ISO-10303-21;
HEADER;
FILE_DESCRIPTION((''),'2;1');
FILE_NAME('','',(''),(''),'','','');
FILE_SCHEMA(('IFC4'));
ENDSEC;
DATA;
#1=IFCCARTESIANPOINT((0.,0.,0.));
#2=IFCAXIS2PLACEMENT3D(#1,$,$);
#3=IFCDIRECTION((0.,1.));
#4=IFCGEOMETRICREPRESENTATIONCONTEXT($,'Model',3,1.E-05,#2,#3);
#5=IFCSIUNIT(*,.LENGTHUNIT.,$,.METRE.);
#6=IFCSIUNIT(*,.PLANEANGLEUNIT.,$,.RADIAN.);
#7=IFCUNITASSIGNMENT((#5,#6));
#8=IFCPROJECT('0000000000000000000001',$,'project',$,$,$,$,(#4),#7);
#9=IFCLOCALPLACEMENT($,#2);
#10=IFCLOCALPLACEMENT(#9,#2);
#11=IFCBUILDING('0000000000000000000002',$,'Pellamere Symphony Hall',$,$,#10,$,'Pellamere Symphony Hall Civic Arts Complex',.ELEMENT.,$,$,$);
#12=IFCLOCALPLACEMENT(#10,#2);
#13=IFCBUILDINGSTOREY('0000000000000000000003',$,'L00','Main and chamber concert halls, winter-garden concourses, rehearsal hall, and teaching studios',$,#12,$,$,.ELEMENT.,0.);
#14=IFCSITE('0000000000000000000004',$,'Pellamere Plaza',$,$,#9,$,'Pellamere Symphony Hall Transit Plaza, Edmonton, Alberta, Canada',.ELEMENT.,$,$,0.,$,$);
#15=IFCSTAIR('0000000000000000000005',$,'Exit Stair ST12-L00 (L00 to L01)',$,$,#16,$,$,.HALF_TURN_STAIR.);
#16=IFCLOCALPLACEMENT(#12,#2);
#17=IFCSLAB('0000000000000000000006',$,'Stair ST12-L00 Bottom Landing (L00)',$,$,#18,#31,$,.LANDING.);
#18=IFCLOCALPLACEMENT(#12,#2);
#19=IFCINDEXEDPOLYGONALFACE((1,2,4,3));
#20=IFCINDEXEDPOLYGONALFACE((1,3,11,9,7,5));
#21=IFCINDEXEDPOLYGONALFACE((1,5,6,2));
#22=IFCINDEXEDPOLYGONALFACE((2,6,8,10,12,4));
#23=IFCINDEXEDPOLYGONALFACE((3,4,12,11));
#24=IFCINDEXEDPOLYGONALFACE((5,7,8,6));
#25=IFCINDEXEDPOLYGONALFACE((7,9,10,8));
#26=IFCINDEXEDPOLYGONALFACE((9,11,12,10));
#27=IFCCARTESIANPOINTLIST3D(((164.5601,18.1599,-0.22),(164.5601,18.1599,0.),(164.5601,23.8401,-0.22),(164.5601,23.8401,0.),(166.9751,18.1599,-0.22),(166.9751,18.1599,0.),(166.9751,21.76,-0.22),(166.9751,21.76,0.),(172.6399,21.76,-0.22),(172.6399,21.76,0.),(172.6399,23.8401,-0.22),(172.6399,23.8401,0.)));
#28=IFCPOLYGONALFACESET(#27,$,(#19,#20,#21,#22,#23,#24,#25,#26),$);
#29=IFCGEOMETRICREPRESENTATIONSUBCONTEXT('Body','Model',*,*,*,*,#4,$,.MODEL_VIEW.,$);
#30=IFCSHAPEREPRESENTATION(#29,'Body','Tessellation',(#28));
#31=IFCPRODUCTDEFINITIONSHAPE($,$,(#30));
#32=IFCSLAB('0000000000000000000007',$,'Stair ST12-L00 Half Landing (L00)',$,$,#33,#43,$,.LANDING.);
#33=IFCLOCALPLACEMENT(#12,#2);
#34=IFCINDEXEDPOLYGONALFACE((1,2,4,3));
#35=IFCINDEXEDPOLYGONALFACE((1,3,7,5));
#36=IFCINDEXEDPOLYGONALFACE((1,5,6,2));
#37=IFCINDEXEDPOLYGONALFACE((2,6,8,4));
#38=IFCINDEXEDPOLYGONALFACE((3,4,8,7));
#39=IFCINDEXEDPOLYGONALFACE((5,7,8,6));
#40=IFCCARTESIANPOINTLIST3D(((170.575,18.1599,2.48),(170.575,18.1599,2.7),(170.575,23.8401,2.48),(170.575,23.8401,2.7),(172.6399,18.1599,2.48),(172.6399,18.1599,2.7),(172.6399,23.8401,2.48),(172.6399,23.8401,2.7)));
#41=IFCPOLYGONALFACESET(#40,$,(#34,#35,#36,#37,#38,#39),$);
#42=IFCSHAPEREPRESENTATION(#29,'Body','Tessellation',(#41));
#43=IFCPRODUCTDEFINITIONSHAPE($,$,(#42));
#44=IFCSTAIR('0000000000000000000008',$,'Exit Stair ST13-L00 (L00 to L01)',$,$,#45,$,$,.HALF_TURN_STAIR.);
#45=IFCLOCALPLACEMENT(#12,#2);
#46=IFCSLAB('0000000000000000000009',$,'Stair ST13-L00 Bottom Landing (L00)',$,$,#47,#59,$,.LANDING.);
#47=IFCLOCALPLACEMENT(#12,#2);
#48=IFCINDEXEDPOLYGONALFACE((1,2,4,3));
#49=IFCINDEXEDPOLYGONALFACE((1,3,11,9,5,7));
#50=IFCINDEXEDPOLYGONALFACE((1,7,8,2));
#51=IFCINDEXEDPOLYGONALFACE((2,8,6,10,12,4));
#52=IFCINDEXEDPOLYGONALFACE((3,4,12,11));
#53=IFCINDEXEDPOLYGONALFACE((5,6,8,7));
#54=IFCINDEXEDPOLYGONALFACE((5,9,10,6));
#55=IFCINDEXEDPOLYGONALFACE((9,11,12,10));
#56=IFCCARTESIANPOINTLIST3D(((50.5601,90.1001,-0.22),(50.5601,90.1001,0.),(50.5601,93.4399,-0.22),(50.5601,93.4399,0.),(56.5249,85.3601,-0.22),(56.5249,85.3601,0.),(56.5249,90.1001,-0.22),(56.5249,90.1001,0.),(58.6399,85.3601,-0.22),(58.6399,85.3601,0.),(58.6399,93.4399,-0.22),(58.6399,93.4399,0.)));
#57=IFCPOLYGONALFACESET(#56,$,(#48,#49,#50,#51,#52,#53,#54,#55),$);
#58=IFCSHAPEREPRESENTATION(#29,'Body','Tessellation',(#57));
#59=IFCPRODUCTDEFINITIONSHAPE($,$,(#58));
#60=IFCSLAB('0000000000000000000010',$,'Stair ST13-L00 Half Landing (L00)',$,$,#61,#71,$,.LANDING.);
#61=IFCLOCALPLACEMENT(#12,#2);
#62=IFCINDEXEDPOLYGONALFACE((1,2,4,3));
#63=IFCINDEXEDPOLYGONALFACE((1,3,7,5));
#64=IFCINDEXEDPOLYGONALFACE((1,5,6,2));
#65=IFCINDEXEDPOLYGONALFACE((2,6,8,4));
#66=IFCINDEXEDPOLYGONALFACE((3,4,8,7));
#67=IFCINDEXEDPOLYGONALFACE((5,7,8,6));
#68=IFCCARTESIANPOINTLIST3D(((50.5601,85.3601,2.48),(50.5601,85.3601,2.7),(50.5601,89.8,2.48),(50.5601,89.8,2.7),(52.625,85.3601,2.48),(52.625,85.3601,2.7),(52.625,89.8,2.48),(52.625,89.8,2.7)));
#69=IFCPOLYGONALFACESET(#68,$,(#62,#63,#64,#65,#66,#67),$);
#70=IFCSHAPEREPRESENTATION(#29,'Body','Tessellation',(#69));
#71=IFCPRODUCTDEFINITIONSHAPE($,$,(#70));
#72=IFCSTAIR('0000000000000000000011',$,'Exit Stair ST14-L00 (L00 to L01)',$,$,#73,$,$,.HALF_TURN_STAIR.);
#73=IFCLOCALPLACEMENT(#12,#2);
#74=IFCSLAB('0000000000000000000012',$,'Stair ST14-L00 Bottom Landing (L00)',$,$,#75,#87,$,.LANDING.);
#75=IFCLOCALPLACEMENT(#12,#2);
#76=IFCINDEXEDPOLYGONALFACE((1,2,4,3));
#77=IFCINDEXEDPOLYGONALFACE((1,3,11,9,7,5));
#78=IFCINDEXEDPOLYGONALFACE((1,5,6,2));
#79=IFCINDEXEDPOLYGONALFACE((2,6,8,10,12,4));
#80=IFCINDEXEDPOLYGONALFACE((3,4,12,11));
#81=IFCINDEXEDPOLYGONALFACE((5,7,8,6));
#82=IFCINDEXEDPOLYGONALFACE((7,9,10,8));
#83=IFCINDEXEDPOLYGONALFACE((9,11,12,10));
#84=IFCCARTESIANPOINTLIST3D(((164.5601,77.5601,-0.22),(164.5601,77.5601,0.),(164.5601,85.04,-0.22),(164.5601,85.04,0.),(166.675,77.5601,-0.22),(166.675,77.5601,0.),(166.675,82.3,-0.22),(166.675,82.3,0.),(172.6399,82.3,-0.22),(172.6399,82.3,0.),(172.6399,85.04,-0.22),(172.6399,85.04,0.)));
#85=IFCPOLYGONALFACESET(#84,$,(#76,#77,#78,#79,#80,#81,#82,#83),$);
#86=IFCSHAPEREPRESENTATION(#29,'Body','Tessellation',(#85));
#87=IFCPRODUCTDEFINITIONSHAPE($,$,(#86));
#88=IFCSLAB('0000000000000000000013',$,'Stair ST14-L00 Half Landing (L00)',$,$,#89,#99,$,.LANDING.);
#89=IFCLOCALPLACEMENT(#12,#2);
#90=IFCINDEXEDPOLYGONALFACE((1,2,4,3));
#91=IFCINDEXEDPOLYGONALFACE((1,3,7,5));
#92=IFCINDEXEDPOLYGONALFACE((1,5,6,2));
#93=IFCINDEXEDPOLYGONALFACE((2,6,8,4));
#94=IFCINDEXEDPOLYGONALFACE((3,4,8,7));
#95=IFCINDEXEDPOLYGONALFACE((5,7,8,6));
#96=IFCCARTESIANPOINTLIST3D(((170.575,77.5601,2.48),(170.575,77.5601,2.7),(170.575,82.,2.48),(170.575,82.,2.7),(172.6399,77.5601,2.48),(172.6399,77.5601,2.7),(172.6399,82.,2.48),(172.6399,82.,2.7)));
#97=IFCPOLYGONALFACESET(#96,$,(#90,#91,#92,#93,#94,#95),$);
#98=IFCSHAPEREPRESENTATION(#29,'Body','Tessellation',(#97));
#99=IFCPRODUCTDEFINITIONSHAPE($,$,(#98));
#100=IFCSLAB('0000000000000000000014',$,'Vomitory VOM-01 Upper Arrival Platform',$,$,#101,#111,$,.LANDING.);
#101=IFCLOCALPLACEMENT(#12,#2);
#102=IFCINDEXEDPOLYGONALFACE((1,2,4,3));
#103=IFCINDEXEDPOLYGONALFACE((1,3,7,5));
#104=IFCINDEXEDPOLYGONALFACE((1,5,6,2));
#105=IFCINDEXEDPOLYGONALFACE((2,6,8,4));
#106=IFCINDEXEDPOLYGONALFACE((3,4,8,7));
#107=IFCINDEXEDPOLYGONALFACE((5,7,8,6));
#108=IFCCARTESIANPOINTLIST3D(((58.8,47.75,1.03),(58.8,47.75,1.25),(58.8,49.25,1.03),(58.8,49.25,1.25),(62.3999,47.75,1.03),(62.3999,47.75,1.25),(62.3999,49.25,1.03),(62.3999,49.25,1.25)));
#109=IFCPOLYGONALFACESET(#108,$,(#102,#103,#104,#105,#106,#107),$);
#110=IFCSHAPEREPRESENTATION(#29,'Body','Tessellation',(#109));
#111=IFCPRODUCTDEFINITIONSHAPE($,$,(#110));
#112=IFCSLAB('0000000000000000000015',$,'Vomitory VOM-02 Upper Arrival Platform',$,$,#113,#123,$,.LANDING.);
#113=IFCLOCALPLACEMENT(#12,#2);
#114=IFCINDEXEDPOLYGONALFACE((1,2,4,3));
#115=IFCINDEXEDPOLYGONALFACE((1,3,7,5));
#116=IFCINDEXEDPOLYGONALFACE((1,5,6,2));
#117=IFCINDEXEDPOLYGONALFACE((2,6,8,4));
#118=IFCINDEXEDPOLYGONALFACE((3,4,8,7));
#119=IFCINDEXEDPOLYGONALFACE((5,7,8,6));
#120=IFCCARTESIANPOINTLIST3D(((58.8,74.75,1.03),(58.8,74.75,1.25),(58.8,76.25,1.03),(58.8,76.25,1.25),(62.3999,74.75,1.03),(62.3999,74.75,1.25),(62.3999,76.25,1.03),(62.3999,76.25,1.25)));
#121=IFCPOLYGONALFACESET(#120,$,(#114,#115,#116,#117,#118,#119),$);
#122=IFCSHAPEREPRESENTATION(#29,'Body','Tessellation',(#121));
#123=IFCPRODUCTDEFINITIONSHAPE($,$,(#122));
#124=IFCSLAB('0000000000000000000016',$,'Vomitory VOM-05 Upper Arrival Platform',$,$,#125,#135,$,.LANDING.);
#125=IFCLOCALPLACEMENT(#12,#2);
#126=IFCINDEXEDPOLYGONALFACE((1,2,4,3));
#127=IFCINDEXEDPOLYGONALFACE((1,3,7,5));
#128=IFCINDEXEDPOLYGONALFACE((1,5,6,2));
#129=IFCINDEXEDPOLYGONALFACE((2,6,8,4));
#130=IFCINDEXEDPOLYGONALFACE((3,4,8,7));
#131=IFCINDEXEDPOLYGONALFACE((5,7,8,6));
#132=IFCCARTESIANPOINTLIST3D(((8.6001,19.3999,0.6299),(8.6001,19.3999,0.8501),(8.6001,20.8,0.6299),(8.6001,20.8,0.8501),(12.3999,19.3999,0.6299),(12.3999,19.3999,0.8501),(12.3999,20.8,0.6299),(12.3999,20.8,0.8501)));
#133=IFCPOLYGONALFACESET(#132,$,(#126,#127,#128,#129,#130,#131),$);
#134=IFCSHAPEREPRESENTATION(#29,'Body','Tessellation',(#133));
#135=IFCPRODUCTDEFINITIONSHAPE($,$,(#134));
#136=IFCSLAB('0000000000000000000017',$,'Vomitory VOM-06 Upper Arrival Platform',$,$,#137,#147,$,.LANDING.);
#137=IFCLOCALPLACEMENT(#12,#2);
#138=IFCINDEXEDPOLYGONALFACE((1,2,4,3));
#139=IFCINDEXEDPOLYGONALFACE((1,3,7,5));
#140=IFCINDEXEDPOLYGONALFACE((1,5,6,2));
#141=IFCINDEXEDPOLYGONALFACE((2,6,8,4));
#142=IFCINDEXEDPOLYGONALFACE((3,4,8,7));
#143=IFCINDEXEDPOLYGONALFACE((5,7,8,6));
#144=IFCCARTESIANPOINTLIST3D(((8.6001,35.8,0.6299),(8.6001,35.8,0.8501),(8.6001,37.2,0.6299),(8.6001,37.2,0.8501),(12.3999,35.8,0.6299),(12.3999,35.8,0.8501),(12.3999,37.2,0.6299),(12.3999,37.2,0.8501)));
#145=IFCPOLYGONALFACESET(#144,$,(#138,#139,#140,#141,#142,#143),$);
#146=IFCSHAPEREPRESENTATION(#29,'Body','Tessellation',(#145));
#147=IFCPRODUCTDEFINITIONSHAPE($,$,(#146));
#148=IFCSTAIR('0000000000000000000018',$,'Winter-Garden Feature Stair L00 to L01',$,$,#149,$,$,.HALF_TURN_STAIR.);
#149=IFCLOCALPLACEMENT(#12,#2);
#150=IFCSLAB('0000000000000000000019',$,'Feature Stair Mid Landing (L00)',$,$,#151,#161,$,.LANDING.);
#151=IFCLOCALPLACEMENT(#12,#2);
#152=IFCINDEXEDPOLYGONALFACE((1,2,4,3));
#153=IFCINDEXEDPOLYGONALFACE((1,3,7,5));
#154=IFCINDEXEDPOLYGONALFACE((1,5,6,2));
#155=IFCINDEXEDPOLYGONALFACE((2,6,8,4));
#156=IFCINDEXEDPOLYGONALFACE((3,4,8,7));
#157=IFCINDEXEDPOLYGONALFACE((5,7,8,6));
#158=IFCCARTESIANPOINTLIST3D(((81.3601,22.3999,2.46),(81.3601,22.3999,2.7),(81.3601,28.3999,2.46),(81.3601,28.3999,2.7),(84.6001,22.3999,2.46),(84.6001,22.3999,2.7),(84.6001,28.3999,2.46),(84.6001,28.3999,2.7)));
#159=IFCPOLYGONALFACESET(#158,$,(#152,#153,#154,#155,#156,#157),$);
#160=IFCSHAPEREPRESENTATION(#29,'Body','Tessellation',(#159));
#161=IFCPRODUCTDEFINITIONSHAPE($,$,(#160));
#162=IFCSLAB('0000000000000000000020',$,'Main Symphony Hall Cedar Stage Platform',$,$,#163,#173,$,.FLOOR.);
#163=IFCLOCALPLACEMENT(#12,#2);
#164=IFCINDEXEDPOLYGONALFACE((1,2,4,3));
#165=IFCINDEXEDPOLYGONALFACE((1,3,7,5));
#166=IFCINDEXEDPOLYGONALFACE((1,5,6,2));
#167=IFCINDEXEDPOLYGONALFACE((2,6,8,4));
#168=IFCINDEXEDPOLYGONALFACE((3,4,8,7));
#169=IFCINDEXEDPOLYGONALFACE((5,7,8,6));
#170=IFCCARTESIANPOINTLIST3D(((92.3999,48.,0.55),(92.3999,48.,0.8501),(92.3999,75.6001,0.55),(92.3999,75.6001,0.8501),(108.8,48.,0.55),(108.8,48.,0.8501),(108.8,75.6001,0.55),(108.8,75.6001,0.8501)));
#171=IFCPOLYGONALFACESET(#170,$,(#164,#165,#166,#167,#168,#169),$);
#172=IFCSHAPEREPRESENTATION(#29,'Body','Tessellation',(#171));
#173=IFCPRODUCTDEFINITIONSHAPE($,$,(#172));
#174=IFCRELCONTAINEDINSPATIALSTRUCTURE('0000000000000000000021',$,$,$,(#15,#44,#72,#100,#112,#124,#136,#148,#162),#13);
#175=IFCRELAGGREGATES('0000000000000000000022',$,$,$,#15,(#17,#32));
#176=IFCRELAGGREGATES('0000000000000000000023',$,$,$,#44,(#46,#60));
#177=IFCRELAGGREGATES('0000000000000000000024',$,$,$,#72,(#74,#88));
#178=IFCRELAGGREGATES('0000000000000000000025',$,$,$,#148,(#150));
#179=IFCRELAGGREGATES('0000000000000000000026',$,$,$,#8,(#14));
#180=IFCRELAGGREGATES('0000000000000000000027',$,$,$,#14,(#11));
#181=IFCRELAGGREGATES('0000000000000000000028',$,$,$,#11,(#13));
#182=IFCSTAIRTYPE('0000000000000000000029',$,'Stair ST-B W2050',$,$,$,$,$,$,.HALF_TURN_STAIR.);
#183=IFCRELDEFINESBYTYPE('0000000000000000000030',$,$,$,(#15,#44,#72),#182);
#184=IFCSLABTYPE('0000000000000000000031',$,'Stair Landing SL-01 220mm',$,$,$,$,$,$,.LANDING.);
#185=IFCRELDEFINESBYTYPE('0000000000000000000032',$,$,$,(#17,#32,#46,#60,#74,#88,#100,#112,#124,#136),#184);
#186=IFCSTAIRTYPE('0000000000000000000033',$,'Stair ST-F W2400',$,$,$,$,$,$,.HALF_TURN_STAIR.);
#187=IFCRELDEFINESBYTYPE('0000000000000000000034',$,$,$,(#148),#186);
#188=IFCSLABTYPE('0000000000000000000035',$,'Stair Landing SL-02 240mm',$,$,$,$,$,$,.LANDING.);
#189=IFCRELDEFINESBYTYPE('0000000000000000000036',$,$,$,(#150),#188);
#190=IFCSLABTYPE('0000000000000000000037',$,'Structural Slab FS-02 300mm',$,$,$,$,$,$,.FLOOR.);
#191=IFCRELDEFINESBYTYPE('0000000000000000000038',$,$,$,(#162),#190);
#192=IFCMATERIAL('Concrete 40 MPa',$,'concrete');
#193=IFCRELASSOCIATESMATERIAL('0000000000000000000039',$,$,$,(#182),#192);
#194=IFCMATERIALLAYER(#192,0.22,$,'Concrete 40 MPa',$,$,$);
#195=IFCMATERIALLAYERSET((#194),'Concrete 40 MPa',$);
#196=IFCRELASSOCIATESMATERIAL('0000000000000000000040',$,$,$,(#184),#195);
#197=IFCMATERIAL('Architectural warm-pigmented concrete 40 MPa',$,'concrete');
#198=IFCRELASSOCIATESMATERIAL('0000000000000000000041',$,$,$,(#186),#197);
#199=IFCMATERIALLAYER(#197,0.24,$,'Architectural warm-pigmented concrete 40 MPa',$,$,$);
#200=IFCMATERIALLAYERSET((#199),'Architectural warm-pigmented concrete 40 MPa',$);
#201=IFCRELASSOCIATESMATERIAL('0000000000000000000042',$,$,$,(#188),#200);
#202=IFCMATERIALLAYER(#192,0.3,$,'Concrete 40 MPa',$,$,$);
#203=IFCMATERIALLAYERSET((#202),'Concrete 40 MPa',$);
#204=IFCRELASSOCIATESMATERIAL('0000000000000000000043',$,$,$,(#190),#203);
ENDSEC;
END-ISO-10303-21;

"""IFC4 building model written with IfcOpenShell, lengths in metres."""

from ifc_helpers import new_model, si_unit, direction, frame, origin, place, context, subcontext, project, spatial, polyline, outline, extrude, material, layer, layer_set, type_object, element, aggregate, save


model = new_model("IFC4")

# Units and contexts
model_context = context("Model", 3, precision=1e-05, world=origin(), true_north=direction((0.0, 1.0)))
body_context = subcontext(model_context, "Body", "Model", "MODEL_VIEW")
ifc_project = project(units=[si_unit("LENGTHUNIT", "METRE"), si_unit("PLANEANGLEUNIT", "RADIAN")], contexts=[model_context])

# Site, building, storey
site_placement = place(None, origin())
site = spatial("IfcSite", under=ifc_project, at=site_placement, Name="Pellamere Plaza", LongName="Pellamere Symphony Hall Transit Plaza, Edmonton, Alberta, Canada", CompositionType="ELEMENT", RefElevation=0.0)
building_placement = place(site_placement, origin())
building = spatial("IfcBuilding", under=site, at=building_placement, Name="Pellamere Symphony Hall", LongName="Pellamere Symphony Hall Civic Arts Complex", CompositionType="ELEMENT")
storey_placement = place(building_placement, origin())
storey = spatial("IfcBuildingStorey", under=building, at=storey_placement, Name="L00", Description="Main and chamber concert halls, winter-garden concourses, rehearsal hall, and teaching studios", CompositionType="ELEMENT", Elevation=0.0)

# Shared definitions
ifc_material_1 = material(Name="Concrete 40 MPa", Category="concrete")

# Stairs, slabs
stair_type_1 = type_object("IfcStairType", Name="Stair ST-B W2050", PredefinedType="HALF_TURN_STAIR", material=ifc_material_1)
ifc_layer_1 = layer(ifc_material_1, 0.22, Name="Concrete 40 MPa")
ifc_layer_set_1 = layer_set([ifc_layer_1], Name="Concrete 40 MPa")
slab_type_1 = type_object("IfcSlabType", Name="Stair Landing SL-01 220mm", PredefinedType="LANDING", material=ifc_layer_set_1)
stair_1_placement = place(storey_placement, origin())
stair_1 = element("IfcStair", 1, at=stair_1_placement, inside=storey, type_object=stair_type_1, Name="Exit Stair ST12-L00 (L00 to L01)", PredefinedType="HALF_TURN_STAIR")
slab_1_placement = place(storey_placement, frame((0.0, 0.0, -0.22)))
slab_1 = element("IfcSlab", 2, at=slab_1_placement, type_object=slab_type_1, Name="Stair ST12-L00 Bottom Landing (L00)", PredefinedType="LANDING", context=body_context, shape_type="SweptSolid", body=[
    extrude(outline(polyline([(164.5601, 18.1599), (166.9751, 18.1599), (166.9751, 21.76), (172.6399, 21.76), (172.6399, 23.8401), (164.5601, 23.8401), (164.5601, 18.1599)])), origin(), (0.0, 0.0, 1.0), 0.22),
])
slab_2_placement = place(storey_placement, frame((0.0, 0.0, 2.48)))
slab_2 = element("IfcSlab", 3, at=slab_2_placement, type_object=slab_type_1, Name="Stair ST12-L00 Half Landing (L00)", PredefinedType="LANDING", context=body_context, shape_type="SweptSolid", body=[
    extrude(outline(polyline([(170.575, 18.1599), (172.6399, 18.1599), (172.6399, 23.8401), (170.575, 23.8401), (170.575, 18.1599)])), origin(), (0.0, 0.0, 1.0), 0.22),
])
aggregate(stair_1, [slab_1, slab_2])
stair_2_placement = place(storey_placement, origin())
stair_2 = element("IfcStair", 4, at=stair_2_placement, inside=storey, type_object=stair_type_1, Name="Exit Stair ST13-L00 (L00 to L01)", PredefinedType="HALF_TURN_STAIR")
slab_3_placement = place(storey_placement, frame((0.0, 0.0, -0.22)))
slab_3 = element("IfcSlab", 5, at=slab_3_placement, type_object=slab_type_1, Name="Stair ST13-L00 Bottom Landing (L00)", PredefinedType="LANDING", context=body_context, shape_type="SweptSolid", body=[
    extrude(outline(polyline([(56.5249, 85.3601), (58.6399, 85.3601), (58.6399, 93.4399), (50.5601, 93.4399), (50.5601, 90.1001), (56.5249, 90.1001), (56.5249, 85.3601)])), origin(), (0.0, 0.0, 1.0), 0.22),
])
slab_4_placement = place(storey_placement, frame((0.0, 0.0, 2.48)))
slab_4 = element("IfcSlab", 6, at=slab_4_placement, type_object=slab_type_1, Name="Stair ST13-L00 Half Landing (L00)", PredefinedType="LANDING", context=body_context, shape_type="SweptSolid", body=[
    extrude(outline(polyline([(50.5601, 85.3601), (52.625, 85.3601), (52.625, 89.8), (50.5601, 89.8), (50.5601, 85.3601)])), origin(), (0.0, 0.0, 1.0), 0.22),
])
aggregate(stair_2, [slab_3, slab_4])
stair_3_placement = place(storey_placement, origin())
stair_3 = element("IfcStair", 7, at=stair_3_placement, inside=storey, type_object=stair_type_1, Name="Exit Stair ST14-L00 (L00 to L01)", PredefinedType="HALF_TURN_STAIR")
slab_5_placement = place(storey_placement, frame((0.0, 0.0, -0.22)))
slab_5 = element("IfcSlab", 8, at=slab_5_placement, type_object=slab_type_1, Name="Stair ST14-L00 Bottom Landing (L00)", PredefinedType="LANDING", context=body_context, shape_type="SweptSolid", body=[
    extrude(outline(polyline([(164.5601, 77.5601), (166.675, 77.5601), (166.675, 82.3), (172.6399, 82.3), (172.6399, 85.04), (164.5601, 85.04), (164.5601, 77.5601)])), origin(), (0.0, 0.0, 1.0), 0.22),
])
slab_6_placement = place(storey_placement, frame((0.0, 0.0, 2.48)))
slab_6 = element("IfcSlab", 9, at=slab_6_placement, type_object=slab_type_1, Name="Stair ST14-L00 Half Landing (L00)", PredefinedType="LANDING", context=body_context, shape_type="SweptSolid", body=[
    extrude(outline(polyline([(170.575, 77.5601), (172.6399, 77.5601), (172.6399, 82.0), (170.575, 82.0), (170.575, 77.5601)])), origin(), (0.0, 0.0, 1.0), 0.22),
])
aggregate(stair_3, [slab_5, slab_6])

# Slabs
slab_7_placement = place(storey_placement, frame((0.0, 0.0, 1.03)))
element("IfcSlab", 10, at=slab_7_placement, inside=storey, type_object=slab_type_1, Name="Vomitory VOM-01 Upper Arrival Platform", PredefinedType="LANDING", context=body_context, shape_type="SweptSolid", body=[
    extrude(outline(polyline([(58.8, 47.75), (62.3999, 47.75), (62.3999, 49.25), (58.8, 49.25), (58.8, 47.75)])), origin(), (0.0, 0.0, 1.0), 0.22),
])
slab_8_placement = place(storey_placement, frame((0.0, 0.0, 1.03)))
element("IfcSlab", 11, at=slab_8_placement, inside=storey, type_object=slab_type_1, Name="Vomitory VOM-02 Upper Arrival Platform", PredefinedType="LANDING", context=body_context, shape_type="SweptSolid", body=[
    extrude(outline(polyline([(58.8, 74.75), (62.3999, 74.75), (62.3999, 76.25), (58.8, 76.25), (58.8, 74.75)])), origin(), (0.0, 0.0, 1.0), 0.22),
])
slab_9_placement = place(storey_placement, frame((0.0, 0.0, 0.6299)))
element("IfcSlab", 12, at=slab_9_placement, inside=storey, type_object=slab_type_1, Name="Vomitory VOM-05 Upper Arrival Platform", PredefinedType="LANDING", context=body_context, shape_type="SweptSolid", body=[
    extrude(outline(polyline([(8.6001, 19.3999), (12.3999, 19.3999), (12.3999, 20.8), (8.6001, 20.8), (8.6001, 19.3999)])), origin(), (0.0, 0.0, 1.0), 0.2202),
])
slab_10_placement = place(storey_placement, frame((0.0, 0.0, 0.6299)))
element("IfcSlab", 13, at=slab_10_placement, inside=storey, type_object=slab_type_1, Name="Vomitory VOM-06 Upper Arrival Platform", PredefinedType="LANDING", context=body_context, shape_type="SweptSolid", body=[
    extrude(outline(polyline([(8.6001, 35.8), (12.3999, 35.8), (12.3999, 37.2), (8.6001, 37.2), (8.6001, 35.8)])), origin(), (0.0, 0.0, 1.0), 0.2202),
])

# Stair, slab
ifc_material_2 = material(Name="Architectural warm-pigmented concrete 40 MPa", Category="concrete")
stair_type_2 = type_object("IfcStairType", Name="Stair ST-F W2400", PredefinedType="HALF_TURN_STAIR", material=ifc_material_2)
stair_4_placement = place(storey_placement, origin())
stair_4 = element("IfcStair", 14, at=stair_4_placement, inside=storey, type_object=stair_type_2, Name="Winter-Garden Feature Stair L00 to L01", PredefinedType="HALF_TURN_STAIR")
ifc_layer_2 = layer(ifc_material_2, 0.24, Name="Architectural warm-pigmented concrete 40 MPa")
ifc_layer_set_2 = layer_set([ifc_layer_2], Name="Architectural warm-pigmented concrete 40 MPa")
slab_type_2 = type_object("IfcSlabType", Name="Stair Landing SL-02 240mm", PredefinedType="LANDING", material=ifc_layer_set_2)
slab_11_placement = place(storey_placement, frame((0.0, 0.0, 2.46)))
slab_11 = element("IfcSlab", 15, at=slab_11_placement, type_object=slab_type_2, Name="Feature Stair Mid Landing (L00)", PredefinedType="LANDING", context=body_context, shape_type="SweptSolid", body=[
    extrude(outline(polyline([(81.3601, 22.3999), (84.6001, 22.3999), (84.6001, 28.3999), (81.3601, 28.3999), (81.3601, 22.3999)])), origin(), (0.0, 0.0, 1.0), 0.24),
])
aggregate(stair_4, [slab_11])

# Slab
ifc_layer_3 = layer(ifc_material_1, 0.3, Name="Concrete 40 MPa")
ifc_layer_set_3 = layer_set([ifc_layer_3], Name="Concrete 40 MPa")
slab_type_3 = type_object("IfcSlabType", Name="Structural Slab FS-02 300mm", PredefinedType="FLOOR", material=ifc_layer_set_3)
slab_12_placement = place(storey_placement, frame((0.0, 0.0, 0.55)))
element("IfcSlab", 16, at=slab_12_placement, inside=storey, type_object=slab_type_3, Name="Main Symphony Hall Cedar Stage Platform", PredefinedType="FLOOR", context=body_context, shape_type="SweptSolid", body=[
    extrude(outline(polyline([(92.3999, 48.0), (108.8, 48.0), (108.8, 75.6001), (92.3999, 75.6001), (92.3999, 48.0)])), origin(), (0.0, 0.0, 1.0), 0.3),
])

save(model, "model.ifc")
